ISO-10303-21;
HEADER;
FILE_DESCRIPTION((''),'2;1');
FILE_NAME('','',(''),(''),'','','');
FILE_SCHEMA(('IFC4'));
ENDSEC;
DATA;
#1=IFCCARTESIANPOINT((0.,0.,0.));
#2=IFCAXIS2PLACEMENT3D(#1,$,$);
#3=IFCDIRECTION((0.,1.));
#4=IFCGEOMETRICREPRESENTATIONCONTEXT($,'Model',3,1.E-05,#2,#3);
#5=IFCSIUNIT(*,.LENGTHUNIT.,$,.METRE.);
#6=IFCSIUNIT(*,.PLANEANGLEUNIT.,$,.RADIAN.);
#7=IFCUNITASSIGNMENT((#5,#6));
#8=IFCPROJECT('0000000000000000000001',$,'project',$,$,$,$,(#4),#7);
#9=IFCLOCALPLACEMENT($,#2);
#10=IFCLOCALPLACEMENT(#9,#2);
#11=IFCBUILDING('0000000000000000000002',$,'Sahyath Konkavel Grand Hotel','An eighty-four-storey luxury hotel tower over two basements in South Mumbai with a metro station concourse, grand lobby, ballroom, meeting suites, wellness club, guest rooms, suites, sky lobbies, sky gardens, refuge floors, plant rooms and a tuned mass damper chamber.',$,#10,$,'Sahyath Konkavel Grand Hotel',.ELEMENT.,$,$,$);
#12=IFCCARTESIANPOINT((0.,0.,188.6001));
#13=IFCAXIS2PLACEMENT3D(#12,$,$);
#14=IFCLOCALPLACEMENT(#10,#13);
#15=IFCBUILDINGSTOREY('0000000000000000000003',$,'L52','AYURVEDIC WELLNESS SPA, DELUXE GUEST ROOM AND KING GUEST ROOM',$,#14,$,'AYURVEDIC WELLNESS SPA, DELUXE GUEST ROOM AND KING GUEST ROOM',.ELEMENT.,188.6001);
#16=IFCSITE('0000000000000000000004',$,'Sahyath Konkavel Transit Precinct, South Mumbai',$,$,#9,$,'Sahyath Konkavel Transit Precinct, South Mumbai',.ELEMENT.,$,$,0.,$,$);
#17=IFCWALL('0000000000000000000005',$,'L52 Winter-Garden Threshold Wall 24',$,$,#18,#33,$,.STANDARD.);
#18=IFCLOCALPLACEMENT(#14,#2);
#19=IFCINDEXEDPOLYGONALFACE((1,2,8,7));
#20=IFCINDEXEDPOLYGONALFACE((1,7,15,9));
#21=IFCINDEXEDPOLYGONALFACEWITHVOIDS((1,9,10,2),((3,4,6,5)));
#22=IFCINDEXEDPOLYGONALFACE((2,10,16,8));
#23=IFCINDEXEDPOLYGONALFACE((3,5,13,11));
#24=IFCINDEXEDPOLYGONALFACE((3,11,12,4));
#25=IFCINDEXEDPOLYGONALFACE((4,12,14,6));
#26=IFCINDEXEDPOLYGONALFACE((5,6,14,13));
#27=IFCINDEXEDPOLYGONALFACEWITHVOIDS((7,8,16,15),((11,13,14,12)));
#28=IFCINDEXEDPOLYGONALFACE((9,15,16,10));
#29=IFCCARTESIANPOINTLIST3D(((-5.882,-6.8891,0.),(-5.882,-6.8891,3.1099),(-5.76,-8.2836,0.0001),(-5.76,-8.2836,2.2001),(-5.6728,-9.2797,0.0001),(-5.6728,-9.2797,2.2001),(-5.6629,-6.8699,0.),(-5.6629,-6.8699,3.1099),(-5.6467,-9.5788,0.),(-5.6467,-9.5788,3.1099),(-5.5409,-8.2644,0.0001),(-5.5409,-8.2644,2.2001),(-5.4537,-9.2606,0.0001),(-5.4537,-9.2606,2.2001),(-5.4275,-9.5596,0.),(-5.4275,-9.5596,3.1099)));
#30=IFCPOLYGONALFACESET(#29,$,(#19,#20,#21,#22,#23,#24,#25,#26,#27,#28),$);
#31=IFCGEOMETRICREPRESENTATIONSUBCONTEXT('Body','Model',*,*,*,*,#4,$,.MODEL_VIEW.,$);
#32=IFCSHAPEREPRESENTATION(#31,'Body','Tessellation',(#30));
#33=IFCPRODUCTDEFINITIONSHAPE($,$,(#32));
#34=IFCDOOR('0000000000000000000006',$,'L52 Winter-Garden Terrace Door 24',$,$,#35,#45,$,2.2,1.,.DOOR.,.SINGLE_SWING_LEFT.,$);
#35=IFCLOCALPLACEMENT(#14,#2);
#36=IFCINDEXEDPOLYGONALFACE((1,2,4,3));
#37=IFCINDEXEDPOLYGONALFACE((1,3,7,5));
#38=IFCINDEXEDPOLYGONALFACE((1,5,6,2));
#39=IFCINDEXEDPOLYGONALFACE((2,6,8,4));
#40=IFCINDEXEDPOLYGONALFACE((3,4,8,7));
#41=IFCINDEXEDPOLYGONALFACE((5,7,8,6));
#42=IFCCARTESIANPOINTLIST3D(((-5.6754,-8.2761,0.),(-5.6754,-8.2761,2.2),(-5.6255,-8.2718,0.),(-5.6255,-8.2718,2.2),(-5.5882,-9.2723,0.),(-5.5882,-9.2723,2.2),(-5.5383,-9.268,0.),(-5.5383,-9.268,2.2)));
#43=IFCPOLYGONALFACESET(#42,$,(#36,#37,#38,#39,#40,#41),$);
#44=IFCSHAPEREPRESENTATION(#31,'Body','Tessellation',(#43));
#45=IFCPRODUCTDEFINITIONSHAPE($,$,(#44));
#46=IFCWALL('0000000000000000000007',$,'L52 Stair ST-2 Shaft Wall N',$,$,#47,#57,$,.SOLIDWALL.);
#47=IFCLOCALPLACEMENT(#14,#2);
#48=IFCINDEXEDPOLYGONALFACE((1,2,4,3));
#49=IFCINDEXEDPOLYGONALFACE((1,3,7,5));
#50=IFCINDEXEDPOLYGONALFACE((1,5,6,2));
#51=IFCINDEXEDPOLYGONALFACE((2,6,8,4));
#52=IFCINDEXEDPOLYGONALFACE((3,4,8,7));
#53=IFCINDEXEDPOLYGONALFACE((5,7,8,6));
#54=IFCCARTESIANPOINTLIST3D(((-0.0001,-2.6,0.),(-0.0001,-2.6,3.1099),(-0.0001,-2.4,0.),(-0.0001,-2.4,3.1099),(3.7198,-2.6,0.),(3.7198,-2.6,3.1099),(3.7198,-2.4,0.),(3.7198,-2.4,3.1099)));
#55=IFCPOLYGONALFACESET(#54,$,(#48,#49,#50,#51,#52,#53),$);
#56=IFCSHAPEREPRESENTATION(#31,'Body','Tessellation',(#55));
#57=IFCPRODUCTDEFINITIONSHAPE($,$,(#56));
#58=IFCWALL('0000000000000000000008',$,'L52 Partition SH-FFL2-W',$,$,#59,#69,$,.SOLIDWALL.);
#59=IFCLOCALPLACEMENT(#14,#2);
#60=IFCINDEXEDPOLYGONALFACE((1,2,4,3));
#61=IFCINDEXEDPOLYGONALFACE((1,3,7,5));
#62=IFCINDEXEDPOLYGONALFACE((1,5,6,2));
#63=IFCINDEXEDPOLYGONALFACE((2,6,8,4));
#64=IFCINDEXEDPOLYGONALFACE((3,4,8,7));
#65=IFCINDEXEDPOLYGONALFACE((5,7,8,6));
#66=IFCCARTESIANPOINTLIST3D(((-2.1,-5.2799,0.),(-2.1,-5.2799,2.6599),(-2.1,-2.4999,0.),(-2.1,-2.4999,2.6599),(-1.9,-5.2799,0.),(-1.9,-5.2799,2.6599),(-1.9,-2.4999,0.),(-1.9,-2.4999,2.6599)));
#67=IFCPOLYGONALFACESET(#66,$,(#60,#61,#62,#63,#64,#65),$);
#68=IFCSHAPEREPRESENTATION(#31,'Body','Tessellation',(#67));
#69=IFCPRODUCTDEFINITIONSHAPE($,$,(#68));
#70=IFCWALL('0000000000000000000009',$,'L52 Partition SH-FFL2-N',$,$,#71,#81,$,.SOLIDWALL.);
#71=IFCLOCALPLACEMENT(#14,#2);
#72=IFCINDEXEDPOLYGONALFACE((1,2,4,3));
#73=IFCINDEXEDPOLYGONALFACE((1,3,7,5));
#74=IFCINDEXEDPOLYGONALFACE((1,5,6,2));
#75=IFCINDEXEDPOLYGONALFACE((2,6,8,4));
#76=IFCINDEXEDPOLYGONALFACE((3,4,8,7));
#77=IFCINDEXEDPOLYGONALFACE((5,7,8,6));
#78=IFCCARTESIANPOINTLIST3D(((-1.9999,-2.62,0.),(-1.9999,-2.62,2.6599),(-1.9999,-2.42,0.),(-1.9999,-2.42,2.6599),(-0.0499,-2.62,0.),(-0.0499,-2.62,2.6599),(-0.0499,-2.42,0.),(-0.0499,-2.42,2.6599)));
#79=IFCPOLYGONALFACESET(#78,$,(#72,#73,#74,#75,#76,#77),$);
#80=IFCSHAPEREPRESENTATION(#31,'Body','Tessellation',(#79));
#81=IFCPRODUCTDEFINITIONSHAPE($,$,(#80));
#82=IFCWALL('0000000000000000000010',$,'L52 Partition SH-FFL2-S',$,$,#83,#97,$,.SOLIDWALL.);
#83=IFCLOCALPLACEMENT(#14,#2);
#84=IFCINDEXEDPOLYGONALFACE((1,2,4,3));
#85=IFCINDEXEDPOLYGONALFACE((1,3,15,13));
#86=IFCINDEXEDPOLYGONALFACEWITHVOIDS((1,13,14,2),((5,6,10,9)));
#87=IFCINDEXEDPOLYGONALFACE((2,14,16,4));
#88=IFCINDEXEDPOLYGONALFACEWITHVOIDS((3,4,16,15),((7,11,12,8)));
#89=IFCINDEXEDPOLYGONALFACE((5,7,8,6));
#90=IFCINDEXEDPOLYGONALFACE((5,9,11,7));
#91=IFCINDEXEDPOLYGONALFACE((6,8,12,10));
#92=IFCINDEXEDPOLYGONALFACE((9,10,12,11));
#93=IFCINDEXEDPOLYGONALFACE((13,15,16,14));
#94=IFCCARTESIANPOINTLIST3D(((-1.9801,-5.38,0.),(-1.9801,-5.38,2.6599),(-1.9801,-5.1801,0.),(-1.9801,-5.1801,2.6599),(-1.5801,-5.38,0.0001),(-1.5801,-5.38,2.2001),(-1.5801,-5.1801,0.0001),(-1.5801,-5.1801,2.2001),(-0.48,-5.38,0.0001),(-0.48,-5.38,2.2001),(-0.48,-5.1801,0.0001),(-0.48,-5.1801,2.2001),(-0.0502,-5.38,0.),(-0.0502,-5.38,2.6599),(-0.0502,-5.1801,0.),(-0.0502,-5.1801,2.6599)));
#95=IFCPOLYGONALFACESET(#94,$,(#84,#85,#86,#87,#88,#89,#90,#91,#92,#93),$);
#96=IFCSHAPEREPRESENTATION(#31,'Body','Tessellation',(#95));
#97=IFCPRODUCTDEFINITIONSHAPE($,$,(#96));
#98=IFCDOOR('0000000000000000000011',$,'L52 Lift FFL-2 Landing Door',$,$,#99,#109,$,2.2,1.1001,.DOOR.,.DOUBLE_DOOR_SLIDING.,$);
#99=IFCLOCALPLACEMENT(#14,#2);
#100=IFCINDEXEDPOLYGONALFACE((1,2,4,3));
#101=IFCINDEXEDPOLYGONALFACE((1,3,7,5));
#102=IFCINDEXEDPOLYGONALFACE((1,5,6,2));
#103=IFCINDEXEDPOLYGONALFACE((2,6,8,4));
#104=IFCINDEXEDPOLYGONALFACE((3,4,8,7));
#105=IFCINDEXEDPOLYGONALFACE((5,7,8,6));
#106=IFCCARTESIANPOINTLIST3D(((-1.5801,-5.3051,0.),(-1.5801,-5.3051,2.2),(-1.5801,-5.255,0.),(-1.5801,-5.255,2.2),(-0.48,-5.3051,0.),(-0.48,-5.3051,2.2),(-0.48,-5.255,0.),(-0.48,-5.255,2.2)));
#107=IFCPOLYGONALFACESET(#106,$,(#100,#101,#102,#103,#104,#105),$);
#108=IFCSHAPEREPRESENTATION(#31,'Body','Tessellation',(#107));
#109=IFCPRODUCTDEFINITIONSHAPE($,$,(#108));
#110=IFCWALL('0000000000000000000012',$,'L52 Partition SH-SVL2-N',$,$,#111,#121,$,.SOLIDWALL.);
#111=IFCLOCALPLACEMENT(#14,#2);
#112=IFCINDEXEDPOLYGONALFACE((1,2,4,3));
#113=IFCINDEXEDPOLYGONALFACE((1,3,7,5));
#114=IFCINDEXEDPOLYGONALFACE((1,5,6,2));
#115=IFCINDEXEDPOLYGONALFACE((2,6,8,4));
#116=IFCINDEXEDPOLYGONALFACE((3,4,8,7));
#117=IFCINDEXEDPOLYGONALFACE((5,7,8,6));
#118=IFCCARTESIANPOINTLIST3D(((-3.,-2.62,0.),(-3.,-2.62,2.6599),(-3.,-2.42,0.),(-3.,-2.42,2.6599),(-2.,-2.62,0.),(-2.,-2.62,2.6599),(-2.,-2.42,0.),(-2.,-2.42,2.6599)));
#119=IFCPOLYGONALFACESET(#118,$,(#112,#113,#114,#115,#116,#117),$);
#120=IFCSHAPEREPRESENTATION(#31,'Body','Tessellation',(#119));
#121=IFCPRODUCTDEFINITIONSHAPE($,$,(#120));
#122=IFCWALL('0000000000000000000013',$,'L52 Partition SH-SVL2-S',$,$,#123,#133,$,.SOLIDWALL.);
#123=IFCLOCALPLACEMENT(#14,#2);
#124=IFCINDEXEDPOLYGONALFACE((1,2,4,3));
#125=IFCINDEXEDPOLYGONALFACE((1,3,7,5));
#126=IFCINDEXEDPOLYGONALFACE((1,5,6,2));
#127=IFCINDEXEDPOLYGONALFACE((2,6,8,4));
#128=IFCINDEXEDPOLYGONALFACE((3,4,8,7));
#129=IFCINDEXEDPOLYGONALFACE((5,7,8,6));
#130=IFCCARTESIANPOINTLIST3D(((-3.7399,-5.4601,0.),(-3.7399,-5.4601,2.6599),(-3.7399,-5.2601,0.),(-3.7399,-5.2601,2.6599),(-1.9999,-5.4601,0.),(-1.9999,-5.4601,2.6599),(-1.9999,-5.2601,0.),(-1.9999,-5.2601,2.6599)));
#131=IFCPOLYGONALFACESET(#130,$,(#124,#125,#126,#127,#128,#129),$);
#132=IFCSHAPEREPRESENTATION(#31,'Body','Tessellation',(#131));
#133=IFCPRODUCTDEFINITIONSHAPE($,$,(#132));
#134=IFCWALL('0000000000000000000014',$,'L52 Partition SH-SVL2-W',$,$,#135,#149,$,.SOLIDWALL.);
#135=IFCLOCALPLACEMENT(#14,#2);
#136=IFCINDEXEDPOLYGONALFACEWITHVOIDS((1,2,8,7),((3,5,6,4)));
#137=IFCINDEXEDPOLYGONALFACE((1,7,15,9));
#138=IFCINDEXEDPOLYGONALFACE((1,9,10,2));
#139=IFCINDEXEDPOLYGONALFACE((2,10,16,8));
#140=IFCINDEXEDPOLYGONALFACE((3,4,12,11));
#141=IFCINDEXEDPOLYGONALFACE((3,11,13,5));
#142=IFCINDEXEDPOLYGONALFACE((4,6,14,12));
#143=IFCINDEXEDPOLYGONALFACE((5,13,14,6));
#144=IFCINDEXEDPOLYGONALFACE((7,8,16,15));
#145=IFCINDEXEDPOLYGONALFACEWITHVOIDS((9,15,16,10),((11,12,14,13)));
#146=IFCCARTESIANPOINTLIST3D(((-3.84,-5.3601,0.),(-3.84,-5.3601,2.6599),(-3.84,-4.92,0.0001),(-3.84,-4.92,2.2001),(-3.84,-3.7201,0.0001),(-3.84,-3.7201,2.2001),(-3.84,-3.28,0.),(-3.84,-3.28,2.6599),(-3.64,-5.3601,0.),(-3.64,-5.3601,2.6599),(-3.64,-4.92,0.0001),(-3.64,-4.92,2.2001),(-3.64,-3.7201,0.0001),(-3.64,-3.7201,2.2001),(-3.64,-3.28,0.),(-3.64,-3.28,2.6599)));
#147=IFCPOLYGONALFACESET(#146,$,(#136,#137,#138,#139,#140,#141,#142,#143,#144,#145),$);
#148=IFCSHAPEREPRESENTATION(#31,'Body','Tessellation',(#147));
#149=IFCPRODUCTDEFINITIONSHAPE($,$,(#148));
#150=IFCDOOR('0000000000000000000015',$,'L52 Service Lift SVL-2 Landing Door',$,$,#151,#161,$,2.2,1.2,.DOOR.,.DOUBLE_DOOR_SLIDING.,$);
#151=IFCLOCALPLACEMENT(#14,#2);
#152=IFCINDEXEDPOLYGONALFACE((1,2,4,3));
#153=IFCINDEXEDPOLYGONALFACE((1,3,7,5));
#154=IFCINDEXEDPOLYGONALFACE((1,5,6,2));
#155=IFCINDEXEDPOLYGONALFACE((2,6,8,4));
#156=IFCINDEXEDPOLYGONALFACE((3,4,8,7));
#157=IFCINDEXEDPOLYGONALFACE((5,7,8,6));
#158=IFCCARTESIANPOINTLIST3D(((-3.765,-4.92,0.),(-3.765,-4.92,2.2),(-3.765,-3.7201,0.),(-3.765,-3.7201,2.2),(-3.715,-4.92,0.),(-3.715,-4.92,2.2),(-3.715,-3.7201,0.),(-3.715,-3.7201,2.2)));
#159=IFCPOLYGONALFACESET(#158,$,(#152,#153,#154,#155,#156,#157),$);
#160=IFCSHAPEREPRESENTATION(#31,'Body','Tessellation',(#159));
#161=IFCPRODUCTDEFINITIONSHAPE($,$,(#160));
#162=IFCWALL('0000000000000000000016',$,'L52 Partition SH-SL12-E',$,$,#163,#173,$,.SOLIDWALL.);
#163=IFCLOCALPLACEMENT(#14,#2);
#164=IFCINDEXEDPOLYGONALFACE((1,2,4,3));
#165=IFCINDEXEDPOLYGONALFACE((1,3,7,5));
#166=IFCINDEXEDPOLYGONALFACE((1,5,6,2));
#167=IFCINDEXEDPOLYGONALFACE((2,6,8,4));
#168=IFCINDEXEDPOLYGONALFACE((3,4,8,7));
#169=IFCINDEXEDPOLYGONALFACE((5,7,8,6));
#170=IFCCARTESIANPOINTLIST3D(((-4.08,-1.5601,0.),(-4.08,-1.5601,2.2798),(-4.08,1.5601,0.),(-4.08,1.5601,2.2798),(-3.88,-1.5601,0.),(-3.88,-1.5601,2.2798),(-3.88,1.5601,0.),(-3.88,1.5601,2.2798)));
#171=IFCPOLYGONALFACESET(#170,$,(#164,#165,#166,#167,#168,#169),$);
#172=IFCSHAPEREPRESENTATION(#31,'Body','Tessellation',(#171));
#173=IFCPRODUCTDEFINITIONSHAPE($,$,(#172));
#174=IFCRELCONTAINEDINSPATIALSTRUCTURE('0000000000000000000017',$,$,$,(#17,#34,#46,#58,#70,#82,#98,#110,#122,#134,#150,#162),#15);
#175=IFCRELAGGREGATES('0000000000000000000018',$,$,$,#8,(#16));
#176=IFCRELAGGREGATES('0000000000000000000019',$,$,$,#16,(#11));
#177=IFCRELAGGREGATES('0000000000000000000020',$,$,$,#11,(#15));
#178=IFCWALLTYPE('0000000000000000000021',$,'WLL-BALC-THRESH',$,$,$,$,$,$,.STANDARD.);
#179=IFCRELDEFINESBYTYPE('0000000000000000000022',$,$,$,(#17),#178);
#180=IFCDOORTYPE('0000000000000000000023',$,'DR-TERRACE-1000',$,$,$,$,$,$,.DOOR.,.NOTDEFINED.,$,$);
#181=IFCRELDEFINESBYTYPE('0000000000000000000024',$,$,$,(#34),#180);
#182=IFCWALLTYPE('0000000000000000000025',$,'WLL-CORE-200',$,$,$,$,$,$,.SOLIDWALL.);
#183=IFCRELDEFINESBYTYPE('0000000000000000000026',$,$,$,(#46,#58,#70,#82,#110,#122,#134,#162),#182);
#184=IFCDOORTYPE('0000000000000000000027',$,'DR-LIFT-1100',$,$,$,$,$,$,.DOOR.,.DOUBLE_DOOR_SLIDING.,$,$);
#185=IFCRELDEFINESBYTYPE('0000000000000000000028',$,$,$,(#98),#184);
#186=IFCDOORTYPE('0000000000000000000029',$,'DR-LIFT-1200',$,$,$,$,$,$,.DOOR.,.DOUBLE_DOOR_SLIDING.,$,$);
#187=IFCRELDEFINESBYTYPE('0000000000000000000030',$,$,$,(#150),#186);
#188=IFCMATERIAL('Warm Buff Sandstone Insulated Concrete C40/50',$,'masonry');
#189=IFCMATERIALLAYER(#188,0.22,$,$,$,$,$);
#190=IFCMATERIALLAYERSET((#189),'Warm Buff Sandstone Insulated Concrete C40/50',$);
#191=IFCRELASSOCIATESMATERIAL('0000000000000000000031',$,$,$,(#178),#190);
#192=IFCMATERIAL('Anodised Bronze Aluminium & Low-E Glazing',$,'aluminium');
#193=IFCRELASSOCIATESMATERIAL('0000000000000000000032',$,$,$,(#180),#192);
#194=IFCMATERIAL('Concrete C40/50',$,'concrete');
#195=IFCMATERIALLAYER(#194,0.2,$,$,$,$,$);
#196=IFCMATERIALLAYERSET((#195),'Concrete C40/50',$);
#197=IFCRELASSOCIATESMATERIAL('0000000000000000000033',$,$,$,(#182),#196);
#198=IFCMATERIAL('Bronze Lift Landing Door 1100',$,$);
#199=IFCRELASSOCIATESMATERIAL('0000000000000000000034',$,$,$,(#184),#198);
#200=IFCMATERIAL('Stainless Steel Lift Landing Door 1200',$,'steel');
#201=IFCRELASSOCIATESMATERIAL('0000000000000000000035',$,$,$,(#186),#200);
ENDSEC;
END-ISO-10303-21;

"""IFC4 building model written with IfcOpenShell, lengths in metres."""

from ifc_helpers import new_model, si_unit, direction, frame, frame_2d, origin, origin_2d, place, context, subcontext, project, spatial, rectangle, extrude, source, transform, mapped, material, layer, layer_set, type_object, element, fill, save


model = new_model("IFC4")

# Units and contexts
model_context = context("Model", 3, precision=1e-05, world=origin(), true_north=direction((0.0, 1.0)))
body_context = subcontext(model_context, "Body", "Model", "MODEL_VIEW")
ifc_project = project(units=[si_unit("LENGTHUNIT", "METRE"), si_unit("PLANEANGLEUNIT", "RADIAN")], contexts=[model_context])

# Site, building, storey
site_placement = place(None, origin())
site = spatial("IfcSite", under=ifc_project, at=site_placement, Name="Sahyath Konkavel Transit Precinct, South Mumbai", LongName="Sahyath Konkavel Transit Precinct, South Mumbai", CompositionType="ELEMENT", RefElevation=0.0)
building_placement = place(site_placement, origin())
building = spatial("IfcBuilding", under=site, at=building_placement, Name="Sahyath Konkavel Grand Hotel", Description="An eighty-four-storey luxury hotel tower over two basements in South Mumbai with a metro station concourse, grand lobby, ballroom, meeting suites, wellness club, guest rooms, suites, sky lobbies, sky gardens, refuge floors, plant rooms and a tuned mass damper chamber.", LongName="Sahyath Konkavel Grand Hotel", CompositionType="ELEMENT")
storey_placement = place(building_placement, frame((0.0, 0.0, 188.6001)))
storey = spatial("IfcBuildingStorey", under=building, at=storey_placement, Name="L52", Description="AYURVEDIC WELLNESS SPA, DELUXE GUEST ROOM AND KING GUEST ROOM", LongName="AYURVEDIC WELLNESS SPA, DELUXE GUEST ROOM AND KING GUEST ROOM", CompositionType="ELEMENT", Elevation=188.6001)

# Shared definitions
ifc_material_1 = material(Name="Anodised Bronze Aluminium & Low-E Glazing", Category="aluminium")

# Shared definitions
ifc_material_2 = material(Name="Concrete C40/50", Category="concrete")

# Wall, opening, door
ifc_material_3 = material(Name="Warm Buff Sandstone Insulated Concrete C40/50", Category="masonry")
ifc_layer_1 = layer(ifc_material_3, 0.22)
ifc_layer_set_1 = layer_set([ifc_layer_1], Name="Warm Buff Sandstone Insulated Concrete C40/50")
wall_type_1 = type_object("IfcWallType", Name="WLL-BALC-THRESH", PredefinedType="STANDARD", material=ifc_layer_set_1)
wall_1_placement = place(storey_placement, frame((-5.7725, -6.8794, 0.0), z_axis=(0.0, 0.0, 1.0), x_axis=(0.087168, -0.996194, 0.0)))
wall_1 = element("IfcWall", 1, at=wall_1_placement, inside=storey, type_object=wall_type_1, Name="L52 Winter-Garden Threshold Wall 24", PredefinedType="STANDARD", context=body_context, shape_type="SweptSolid", body=[
    extrude(rectangle(XDim=2.7, YDim=0.22, at=frame_2d((1.3501, 0.0))), origin(), (0.0, 0.0, 1.0), 3.1099),
])
opening_1_placement = place(wall_1_placement, frame((1.3999, 0.0, 0.0)))
opening_1 = element("IfcOpeningElement", 2, at=opening_1_placement, cuts=wall_1, PredefinedType="OPENING", context=body_context, shape_type="SweptSolid", body=[
    extrude(rectangle(XDim=1.0, YDim=2.2, at=frame_2d((0.5, 1.1001))), frame((0.0, 0.1201, 0.0), z_axis=(0.0, -1.0, 0.0), x_axis=(1.0, 0.0, 0.0)), (0.0, 0.0, 1.0), 0.24),
])
door_type_1 = type_object("IfcDoorType", Name="DR-TERRACE-1000", OperationType="NOTDEFINED", PredefinedType="DOOR", material=ifc_material_1)
shared_shape_1 = source(origin(), body_context, "Body", "SweptSolid", [
    extrude(rectangle(XDim=1.0, YDim=0.05, at=origin_2d()), origin(), (0.0, 0.0, 1.0), 2.2),
])
door_1_placement = place(opening_1_placement, frame((0.5, 0.0, 0.0)))
door_1 = element("IfcDoor", 3, at=door_1_placement, inside=storey, type_object=door_type_1, Name="L52 Winter-Garden Terrace Door 24", OperationType="SINGLE_SWING_LEFT", OverallHeight=2.2, OverallWidth=1.0, PredefinedType="DOOR", context=body_context, shape_type="MappedRepresentation", body=[
    mapped(shared_shape_1, transform((0.0, 0.0, 0.0), scale=1.0)),
])
fill(opening_1, door_1)

# Walls
ifc_layer_2 = layer(ifc_material_2, 0.2)
ifc_layer_set_2 = layer_set([ifc_layer_2], Name="Concrete C40/50")
wall_type_2 = type_object("IfcWallType", Name="WLL-CORE-200", PredefinedType="SOLIDWALL", material=ifc_layer_set_2)
wall_2_placement = place(storey_placement, frame((0.0, -2.5, 0.0), z_axis=(0.0, 0.0, 1.0), x_axis=(1.0, 0.0, 0.0)))
element("IfcWall", 4, at=wall_2_placement, inside=storey, type_object=wall_type_2, Name="L52 Stair ST-2 Shaft Wall N", PredefinedType="SOLIDWALL", context=body_context, shape_type="SweptSolid", body=[
    extrude(rectangle(XDim=3.72, YDim=0.2, at=frame_2d((1.8599, 0.0))), origin(), (0.0, 0.0, 1.0), 3.1099),
])
wall_3_placement = place(storey_placement, frame((-2.0, -5.28, 0.0), z_axis=(0.0, 0.0, 1.0), x_axis=(0.0, 1.0, 0.0)))
element("IfcWall", 5, at=wall_3_placement, inside=storey, type_object=wall_type_2, Name="L52 Partition SH-FFL2-W", PredefinedType="SOLIDWALL", context=body_context, shape_type="SweptSolid", body=[
    extrude(rectangle(XDim=2.78, YDim=0.2, at=frame_2d((1.3901, 0.0))), origin(), (0.0, 0.0, 1.0), 2.6599),
])
wall_4_placement = place(storey_placement, frame((-2.0, -2.52, 0.0), z_axis=(0.0, 0.0, 1.0), x_axis=(1.0, 0.0, 0.0)))
element("IfcWall", 6, at=wall_4_placement, inside=storey, type_object=wall_type_2, Name="L52 Partition SH-FFL2-N", PredefinedType="SOLIDWALL", context=body_context, shape_type="SweptSolid", body=[
    extrude(rectangle(XDim=1.95, YDim=0.2, at=frame_2d((0.9751, 0.0))), origin(), (0.0, 0.0, 1.0), 2.6599),
])

# Wall, opening, door
wall_5_placement = place(storey_placement, frame((-1.98, -5.28, 0.0), z_axis=(0.0, 0.0, 1.0), x_axis=(1.0, 0.0, 0.0)))
wall_5 = element("IfcWall", 7, at=wall_5_placement, inside=storey, type_object=wall_type_2, Name="L52 Partition SH-FFL2-S", PredefinedType="SOLIDWALL", context=body_context, shape_type="SweptSolid", body=[
    extrude(rectangle(XDim=1.9299, YDim=0.2, at=frame_2d((0.9648, 0.0))), origin(), (0.0, 0.0, 1.0), 2.6599),
])
opening_2_placement = place(wall_5_placement, frame((0.3999, 0.0, 0.0)))
opening_2 = element("IfcOpeningElement", 8, at=opening_2_placement, cuts=wall_5, PredefinedType="OPENING", context=body_context, shape_type="SweptSolid", body=[
    extrude(rectangle(XDim=1.1001, YDim=2.2, at=frame_2d((0.55, 1.1001))), frame((0.0, 0.1099, 0.0), z_axis=(0.0, -1.0, 0.0), x_axis=(1.0, 0.0, 0.0)), (0.0, 0.0, 1.0), 0.22),
])
ifc_material_4 = material(Name="Bronze Lift Landing Door 1100")
door_type_2 = type_object("IfcDoorType", Name="DR-LIFT-1100", OperationType="DOUBLE_DOOR_SLIDING", PredefinedType="DOOR", material=ifc_material_4)
shared_shape_2 = source(origin(), body_context, "Body", "SweptSolid", [
    extrude(rectangle(XDim=1.1001, YDim=0.05, at=origin_2d()), origin(), (0.0, 0.0, 1.0), 2.2),
])
door_2_placement = place(opening_2_placement, frame((0.55, 0.0, 0.0)))
door_2 = element("IfcDoor", 9, at=door_2_placement, inside=storey, type_object=door_type_2, Name="L52 Lift FFL-2 Landing Door", OperationType="DOUBLE_DOOR_SLIDING", OverallHeight=2.2, OverallWidth=1.1001, PredefinedType="DOOR", context=body_context, shape_type="MappedRepresentation", body=[
    mapped(shared_shape_2, transform((0.0, 0.0, 0.0), scale=1.0)),
])
fill(opening_2, door_2)

# Walls
wall_6_placement = place(storey_placement, frame((-3.0, -2.52, 0.0), z_axis=(0.0, 0.0, 1.0), x_axis=(1.0, 0.0, 0.0)))
element("IfcWall", 10, at=wall_6_placement, inside=storey, type_object=wall_type_2, Name="L52 Partition SH-SVL2-N", PredefinedType="SOLIDWALL", context=body_context, shape_type="SweptSolid", body=[
    extrude(rectangle(XDim=1.0, YDim=0.2, at=frame_2d((0.5, 0.0))), origin(), (0.0, 0.0, 1.0), 2.6599),
])
wall_7_placement = place(storey_placement, frame((-3.74, -5.3601, 0.0), z_axis=(0.0, 0.0, 1.0), x_axis=(1.0, 0.0, 0.0)))
element("IfcWall", 11, at=wall_7_placement, inside=storey, type_object=wall_type_2, Name="L52 Partition SH-SVL2-S", PredefinedType="SOLIDWALL", context=body_context, shape_type="SweptSolid", body=[
    extrude(rectangle(XDim=1.74, YDim=0.2, at=frame_2d((0.8701, 0.0))), origin(), (0.0, 0.0, 1.0), 2.6599),
])

# Wall, opening, door
wall_8_placement = place(storey_placement, frame((-3.74, -5.3601, 0.0), z_axis=(0.0, 0.0, 1.0), x_axis=(0.0, 1.0, 0.0)))
wall_8 = element("IfcWall", 12, at=wall_8_placement, inside=storey, type_object=wall_type_2, Name="L52 Partition SH-SVL2-W", PredefinedType="SOLIDWALL", context=body_context, shape_type="SweptSolid", body=[
    extrude(rectangle(XDim=2.0801, YDim=0.2, at=frame_2d((1.04, 0.0))), origin(), (0.0, 0.0, 1.0), 2.6599),
])
opening_3_placement = place(wall_8_placement, frame((0.4399, 0.0, 0.0)))
opening_3 = element("IfcOpeningElement", 13, at=opening_3_placement, cuts=wall_8, PredefinedType="OPENING", context=body_context, shape_type="SweptSolid", body=[
    extrude(rectangle(XDim=1.2, YDim=2.2, at=frame_2d((0.6001, 1.1001))), frame((0.0, 0.1099, 0.0), z_axis=(0.0, -1.0, 0.0), x_axis=(1.0, 0.0, 0.0)), (0.0, 0.0, 1.0), 0.22),
])
ifc_material_5 = material(Name="Stainless Steel Lift Landing Door 1200", Category="steel")
door_type_3 = type_object("IfcDoorType", Name="DR-LIFT-1200", OperationType="DOUBLE_DOOR_SLIDING", PredefinedType="DOOR", material=ifc_material_5)
shared_shape_3 = source(origin(), body_context, "Body", "SweptSolid", [
    extrude(rectangle(XDim=1.2, YDim=0.05, at=origin_2d()), origin(), (0.0, 0.0, 1.0), 2.2),
])
door_3_placement = place(opening_3_placement, frame((0.6001, 0.0, 0.0)))
door_3 = element("IfcDoor", 14, at=door_3_placement, inside=storey, type_object=door_type_3, Name="L52 Service Lift SVL-2 Landing Door", OperationType="DOUBLE_DOOR_SLIDING", OverallHeight=2.2, OverallWidth=1.2, PredefinedType="DOOR", context=body_context, shape_type="MappedRepresentation", body=[
    mapped(shared_shape_3, transform((0.0, 0.0, 0.0), scale=1.0)),
])
fill(opening_3, door_3)

# Wall
wall_9_placement = place(storey_placement, frame((-3.98, -1.5601, 0.0), z_axis=(0.0, 0.0, 1.0), x_axis=(0.0, 1.0, 0.0)))
element("IfcWall", 15, at=wall_9_placement, inside=storey, type_object=wall_type_2, Name="L52 Partition SH-SL12-E", PredefinedType="SOLIDWALL", context=body_context, shape_type="SweptSolid", body=[
    extrude(rectangle(XDim=3.1201, YDim=0.2, at=frame_2d((1.5601, 0.0))), origin(), (0.0, 0.0, 1.0), 2.2798),
])

save(model, "model.ifc")
